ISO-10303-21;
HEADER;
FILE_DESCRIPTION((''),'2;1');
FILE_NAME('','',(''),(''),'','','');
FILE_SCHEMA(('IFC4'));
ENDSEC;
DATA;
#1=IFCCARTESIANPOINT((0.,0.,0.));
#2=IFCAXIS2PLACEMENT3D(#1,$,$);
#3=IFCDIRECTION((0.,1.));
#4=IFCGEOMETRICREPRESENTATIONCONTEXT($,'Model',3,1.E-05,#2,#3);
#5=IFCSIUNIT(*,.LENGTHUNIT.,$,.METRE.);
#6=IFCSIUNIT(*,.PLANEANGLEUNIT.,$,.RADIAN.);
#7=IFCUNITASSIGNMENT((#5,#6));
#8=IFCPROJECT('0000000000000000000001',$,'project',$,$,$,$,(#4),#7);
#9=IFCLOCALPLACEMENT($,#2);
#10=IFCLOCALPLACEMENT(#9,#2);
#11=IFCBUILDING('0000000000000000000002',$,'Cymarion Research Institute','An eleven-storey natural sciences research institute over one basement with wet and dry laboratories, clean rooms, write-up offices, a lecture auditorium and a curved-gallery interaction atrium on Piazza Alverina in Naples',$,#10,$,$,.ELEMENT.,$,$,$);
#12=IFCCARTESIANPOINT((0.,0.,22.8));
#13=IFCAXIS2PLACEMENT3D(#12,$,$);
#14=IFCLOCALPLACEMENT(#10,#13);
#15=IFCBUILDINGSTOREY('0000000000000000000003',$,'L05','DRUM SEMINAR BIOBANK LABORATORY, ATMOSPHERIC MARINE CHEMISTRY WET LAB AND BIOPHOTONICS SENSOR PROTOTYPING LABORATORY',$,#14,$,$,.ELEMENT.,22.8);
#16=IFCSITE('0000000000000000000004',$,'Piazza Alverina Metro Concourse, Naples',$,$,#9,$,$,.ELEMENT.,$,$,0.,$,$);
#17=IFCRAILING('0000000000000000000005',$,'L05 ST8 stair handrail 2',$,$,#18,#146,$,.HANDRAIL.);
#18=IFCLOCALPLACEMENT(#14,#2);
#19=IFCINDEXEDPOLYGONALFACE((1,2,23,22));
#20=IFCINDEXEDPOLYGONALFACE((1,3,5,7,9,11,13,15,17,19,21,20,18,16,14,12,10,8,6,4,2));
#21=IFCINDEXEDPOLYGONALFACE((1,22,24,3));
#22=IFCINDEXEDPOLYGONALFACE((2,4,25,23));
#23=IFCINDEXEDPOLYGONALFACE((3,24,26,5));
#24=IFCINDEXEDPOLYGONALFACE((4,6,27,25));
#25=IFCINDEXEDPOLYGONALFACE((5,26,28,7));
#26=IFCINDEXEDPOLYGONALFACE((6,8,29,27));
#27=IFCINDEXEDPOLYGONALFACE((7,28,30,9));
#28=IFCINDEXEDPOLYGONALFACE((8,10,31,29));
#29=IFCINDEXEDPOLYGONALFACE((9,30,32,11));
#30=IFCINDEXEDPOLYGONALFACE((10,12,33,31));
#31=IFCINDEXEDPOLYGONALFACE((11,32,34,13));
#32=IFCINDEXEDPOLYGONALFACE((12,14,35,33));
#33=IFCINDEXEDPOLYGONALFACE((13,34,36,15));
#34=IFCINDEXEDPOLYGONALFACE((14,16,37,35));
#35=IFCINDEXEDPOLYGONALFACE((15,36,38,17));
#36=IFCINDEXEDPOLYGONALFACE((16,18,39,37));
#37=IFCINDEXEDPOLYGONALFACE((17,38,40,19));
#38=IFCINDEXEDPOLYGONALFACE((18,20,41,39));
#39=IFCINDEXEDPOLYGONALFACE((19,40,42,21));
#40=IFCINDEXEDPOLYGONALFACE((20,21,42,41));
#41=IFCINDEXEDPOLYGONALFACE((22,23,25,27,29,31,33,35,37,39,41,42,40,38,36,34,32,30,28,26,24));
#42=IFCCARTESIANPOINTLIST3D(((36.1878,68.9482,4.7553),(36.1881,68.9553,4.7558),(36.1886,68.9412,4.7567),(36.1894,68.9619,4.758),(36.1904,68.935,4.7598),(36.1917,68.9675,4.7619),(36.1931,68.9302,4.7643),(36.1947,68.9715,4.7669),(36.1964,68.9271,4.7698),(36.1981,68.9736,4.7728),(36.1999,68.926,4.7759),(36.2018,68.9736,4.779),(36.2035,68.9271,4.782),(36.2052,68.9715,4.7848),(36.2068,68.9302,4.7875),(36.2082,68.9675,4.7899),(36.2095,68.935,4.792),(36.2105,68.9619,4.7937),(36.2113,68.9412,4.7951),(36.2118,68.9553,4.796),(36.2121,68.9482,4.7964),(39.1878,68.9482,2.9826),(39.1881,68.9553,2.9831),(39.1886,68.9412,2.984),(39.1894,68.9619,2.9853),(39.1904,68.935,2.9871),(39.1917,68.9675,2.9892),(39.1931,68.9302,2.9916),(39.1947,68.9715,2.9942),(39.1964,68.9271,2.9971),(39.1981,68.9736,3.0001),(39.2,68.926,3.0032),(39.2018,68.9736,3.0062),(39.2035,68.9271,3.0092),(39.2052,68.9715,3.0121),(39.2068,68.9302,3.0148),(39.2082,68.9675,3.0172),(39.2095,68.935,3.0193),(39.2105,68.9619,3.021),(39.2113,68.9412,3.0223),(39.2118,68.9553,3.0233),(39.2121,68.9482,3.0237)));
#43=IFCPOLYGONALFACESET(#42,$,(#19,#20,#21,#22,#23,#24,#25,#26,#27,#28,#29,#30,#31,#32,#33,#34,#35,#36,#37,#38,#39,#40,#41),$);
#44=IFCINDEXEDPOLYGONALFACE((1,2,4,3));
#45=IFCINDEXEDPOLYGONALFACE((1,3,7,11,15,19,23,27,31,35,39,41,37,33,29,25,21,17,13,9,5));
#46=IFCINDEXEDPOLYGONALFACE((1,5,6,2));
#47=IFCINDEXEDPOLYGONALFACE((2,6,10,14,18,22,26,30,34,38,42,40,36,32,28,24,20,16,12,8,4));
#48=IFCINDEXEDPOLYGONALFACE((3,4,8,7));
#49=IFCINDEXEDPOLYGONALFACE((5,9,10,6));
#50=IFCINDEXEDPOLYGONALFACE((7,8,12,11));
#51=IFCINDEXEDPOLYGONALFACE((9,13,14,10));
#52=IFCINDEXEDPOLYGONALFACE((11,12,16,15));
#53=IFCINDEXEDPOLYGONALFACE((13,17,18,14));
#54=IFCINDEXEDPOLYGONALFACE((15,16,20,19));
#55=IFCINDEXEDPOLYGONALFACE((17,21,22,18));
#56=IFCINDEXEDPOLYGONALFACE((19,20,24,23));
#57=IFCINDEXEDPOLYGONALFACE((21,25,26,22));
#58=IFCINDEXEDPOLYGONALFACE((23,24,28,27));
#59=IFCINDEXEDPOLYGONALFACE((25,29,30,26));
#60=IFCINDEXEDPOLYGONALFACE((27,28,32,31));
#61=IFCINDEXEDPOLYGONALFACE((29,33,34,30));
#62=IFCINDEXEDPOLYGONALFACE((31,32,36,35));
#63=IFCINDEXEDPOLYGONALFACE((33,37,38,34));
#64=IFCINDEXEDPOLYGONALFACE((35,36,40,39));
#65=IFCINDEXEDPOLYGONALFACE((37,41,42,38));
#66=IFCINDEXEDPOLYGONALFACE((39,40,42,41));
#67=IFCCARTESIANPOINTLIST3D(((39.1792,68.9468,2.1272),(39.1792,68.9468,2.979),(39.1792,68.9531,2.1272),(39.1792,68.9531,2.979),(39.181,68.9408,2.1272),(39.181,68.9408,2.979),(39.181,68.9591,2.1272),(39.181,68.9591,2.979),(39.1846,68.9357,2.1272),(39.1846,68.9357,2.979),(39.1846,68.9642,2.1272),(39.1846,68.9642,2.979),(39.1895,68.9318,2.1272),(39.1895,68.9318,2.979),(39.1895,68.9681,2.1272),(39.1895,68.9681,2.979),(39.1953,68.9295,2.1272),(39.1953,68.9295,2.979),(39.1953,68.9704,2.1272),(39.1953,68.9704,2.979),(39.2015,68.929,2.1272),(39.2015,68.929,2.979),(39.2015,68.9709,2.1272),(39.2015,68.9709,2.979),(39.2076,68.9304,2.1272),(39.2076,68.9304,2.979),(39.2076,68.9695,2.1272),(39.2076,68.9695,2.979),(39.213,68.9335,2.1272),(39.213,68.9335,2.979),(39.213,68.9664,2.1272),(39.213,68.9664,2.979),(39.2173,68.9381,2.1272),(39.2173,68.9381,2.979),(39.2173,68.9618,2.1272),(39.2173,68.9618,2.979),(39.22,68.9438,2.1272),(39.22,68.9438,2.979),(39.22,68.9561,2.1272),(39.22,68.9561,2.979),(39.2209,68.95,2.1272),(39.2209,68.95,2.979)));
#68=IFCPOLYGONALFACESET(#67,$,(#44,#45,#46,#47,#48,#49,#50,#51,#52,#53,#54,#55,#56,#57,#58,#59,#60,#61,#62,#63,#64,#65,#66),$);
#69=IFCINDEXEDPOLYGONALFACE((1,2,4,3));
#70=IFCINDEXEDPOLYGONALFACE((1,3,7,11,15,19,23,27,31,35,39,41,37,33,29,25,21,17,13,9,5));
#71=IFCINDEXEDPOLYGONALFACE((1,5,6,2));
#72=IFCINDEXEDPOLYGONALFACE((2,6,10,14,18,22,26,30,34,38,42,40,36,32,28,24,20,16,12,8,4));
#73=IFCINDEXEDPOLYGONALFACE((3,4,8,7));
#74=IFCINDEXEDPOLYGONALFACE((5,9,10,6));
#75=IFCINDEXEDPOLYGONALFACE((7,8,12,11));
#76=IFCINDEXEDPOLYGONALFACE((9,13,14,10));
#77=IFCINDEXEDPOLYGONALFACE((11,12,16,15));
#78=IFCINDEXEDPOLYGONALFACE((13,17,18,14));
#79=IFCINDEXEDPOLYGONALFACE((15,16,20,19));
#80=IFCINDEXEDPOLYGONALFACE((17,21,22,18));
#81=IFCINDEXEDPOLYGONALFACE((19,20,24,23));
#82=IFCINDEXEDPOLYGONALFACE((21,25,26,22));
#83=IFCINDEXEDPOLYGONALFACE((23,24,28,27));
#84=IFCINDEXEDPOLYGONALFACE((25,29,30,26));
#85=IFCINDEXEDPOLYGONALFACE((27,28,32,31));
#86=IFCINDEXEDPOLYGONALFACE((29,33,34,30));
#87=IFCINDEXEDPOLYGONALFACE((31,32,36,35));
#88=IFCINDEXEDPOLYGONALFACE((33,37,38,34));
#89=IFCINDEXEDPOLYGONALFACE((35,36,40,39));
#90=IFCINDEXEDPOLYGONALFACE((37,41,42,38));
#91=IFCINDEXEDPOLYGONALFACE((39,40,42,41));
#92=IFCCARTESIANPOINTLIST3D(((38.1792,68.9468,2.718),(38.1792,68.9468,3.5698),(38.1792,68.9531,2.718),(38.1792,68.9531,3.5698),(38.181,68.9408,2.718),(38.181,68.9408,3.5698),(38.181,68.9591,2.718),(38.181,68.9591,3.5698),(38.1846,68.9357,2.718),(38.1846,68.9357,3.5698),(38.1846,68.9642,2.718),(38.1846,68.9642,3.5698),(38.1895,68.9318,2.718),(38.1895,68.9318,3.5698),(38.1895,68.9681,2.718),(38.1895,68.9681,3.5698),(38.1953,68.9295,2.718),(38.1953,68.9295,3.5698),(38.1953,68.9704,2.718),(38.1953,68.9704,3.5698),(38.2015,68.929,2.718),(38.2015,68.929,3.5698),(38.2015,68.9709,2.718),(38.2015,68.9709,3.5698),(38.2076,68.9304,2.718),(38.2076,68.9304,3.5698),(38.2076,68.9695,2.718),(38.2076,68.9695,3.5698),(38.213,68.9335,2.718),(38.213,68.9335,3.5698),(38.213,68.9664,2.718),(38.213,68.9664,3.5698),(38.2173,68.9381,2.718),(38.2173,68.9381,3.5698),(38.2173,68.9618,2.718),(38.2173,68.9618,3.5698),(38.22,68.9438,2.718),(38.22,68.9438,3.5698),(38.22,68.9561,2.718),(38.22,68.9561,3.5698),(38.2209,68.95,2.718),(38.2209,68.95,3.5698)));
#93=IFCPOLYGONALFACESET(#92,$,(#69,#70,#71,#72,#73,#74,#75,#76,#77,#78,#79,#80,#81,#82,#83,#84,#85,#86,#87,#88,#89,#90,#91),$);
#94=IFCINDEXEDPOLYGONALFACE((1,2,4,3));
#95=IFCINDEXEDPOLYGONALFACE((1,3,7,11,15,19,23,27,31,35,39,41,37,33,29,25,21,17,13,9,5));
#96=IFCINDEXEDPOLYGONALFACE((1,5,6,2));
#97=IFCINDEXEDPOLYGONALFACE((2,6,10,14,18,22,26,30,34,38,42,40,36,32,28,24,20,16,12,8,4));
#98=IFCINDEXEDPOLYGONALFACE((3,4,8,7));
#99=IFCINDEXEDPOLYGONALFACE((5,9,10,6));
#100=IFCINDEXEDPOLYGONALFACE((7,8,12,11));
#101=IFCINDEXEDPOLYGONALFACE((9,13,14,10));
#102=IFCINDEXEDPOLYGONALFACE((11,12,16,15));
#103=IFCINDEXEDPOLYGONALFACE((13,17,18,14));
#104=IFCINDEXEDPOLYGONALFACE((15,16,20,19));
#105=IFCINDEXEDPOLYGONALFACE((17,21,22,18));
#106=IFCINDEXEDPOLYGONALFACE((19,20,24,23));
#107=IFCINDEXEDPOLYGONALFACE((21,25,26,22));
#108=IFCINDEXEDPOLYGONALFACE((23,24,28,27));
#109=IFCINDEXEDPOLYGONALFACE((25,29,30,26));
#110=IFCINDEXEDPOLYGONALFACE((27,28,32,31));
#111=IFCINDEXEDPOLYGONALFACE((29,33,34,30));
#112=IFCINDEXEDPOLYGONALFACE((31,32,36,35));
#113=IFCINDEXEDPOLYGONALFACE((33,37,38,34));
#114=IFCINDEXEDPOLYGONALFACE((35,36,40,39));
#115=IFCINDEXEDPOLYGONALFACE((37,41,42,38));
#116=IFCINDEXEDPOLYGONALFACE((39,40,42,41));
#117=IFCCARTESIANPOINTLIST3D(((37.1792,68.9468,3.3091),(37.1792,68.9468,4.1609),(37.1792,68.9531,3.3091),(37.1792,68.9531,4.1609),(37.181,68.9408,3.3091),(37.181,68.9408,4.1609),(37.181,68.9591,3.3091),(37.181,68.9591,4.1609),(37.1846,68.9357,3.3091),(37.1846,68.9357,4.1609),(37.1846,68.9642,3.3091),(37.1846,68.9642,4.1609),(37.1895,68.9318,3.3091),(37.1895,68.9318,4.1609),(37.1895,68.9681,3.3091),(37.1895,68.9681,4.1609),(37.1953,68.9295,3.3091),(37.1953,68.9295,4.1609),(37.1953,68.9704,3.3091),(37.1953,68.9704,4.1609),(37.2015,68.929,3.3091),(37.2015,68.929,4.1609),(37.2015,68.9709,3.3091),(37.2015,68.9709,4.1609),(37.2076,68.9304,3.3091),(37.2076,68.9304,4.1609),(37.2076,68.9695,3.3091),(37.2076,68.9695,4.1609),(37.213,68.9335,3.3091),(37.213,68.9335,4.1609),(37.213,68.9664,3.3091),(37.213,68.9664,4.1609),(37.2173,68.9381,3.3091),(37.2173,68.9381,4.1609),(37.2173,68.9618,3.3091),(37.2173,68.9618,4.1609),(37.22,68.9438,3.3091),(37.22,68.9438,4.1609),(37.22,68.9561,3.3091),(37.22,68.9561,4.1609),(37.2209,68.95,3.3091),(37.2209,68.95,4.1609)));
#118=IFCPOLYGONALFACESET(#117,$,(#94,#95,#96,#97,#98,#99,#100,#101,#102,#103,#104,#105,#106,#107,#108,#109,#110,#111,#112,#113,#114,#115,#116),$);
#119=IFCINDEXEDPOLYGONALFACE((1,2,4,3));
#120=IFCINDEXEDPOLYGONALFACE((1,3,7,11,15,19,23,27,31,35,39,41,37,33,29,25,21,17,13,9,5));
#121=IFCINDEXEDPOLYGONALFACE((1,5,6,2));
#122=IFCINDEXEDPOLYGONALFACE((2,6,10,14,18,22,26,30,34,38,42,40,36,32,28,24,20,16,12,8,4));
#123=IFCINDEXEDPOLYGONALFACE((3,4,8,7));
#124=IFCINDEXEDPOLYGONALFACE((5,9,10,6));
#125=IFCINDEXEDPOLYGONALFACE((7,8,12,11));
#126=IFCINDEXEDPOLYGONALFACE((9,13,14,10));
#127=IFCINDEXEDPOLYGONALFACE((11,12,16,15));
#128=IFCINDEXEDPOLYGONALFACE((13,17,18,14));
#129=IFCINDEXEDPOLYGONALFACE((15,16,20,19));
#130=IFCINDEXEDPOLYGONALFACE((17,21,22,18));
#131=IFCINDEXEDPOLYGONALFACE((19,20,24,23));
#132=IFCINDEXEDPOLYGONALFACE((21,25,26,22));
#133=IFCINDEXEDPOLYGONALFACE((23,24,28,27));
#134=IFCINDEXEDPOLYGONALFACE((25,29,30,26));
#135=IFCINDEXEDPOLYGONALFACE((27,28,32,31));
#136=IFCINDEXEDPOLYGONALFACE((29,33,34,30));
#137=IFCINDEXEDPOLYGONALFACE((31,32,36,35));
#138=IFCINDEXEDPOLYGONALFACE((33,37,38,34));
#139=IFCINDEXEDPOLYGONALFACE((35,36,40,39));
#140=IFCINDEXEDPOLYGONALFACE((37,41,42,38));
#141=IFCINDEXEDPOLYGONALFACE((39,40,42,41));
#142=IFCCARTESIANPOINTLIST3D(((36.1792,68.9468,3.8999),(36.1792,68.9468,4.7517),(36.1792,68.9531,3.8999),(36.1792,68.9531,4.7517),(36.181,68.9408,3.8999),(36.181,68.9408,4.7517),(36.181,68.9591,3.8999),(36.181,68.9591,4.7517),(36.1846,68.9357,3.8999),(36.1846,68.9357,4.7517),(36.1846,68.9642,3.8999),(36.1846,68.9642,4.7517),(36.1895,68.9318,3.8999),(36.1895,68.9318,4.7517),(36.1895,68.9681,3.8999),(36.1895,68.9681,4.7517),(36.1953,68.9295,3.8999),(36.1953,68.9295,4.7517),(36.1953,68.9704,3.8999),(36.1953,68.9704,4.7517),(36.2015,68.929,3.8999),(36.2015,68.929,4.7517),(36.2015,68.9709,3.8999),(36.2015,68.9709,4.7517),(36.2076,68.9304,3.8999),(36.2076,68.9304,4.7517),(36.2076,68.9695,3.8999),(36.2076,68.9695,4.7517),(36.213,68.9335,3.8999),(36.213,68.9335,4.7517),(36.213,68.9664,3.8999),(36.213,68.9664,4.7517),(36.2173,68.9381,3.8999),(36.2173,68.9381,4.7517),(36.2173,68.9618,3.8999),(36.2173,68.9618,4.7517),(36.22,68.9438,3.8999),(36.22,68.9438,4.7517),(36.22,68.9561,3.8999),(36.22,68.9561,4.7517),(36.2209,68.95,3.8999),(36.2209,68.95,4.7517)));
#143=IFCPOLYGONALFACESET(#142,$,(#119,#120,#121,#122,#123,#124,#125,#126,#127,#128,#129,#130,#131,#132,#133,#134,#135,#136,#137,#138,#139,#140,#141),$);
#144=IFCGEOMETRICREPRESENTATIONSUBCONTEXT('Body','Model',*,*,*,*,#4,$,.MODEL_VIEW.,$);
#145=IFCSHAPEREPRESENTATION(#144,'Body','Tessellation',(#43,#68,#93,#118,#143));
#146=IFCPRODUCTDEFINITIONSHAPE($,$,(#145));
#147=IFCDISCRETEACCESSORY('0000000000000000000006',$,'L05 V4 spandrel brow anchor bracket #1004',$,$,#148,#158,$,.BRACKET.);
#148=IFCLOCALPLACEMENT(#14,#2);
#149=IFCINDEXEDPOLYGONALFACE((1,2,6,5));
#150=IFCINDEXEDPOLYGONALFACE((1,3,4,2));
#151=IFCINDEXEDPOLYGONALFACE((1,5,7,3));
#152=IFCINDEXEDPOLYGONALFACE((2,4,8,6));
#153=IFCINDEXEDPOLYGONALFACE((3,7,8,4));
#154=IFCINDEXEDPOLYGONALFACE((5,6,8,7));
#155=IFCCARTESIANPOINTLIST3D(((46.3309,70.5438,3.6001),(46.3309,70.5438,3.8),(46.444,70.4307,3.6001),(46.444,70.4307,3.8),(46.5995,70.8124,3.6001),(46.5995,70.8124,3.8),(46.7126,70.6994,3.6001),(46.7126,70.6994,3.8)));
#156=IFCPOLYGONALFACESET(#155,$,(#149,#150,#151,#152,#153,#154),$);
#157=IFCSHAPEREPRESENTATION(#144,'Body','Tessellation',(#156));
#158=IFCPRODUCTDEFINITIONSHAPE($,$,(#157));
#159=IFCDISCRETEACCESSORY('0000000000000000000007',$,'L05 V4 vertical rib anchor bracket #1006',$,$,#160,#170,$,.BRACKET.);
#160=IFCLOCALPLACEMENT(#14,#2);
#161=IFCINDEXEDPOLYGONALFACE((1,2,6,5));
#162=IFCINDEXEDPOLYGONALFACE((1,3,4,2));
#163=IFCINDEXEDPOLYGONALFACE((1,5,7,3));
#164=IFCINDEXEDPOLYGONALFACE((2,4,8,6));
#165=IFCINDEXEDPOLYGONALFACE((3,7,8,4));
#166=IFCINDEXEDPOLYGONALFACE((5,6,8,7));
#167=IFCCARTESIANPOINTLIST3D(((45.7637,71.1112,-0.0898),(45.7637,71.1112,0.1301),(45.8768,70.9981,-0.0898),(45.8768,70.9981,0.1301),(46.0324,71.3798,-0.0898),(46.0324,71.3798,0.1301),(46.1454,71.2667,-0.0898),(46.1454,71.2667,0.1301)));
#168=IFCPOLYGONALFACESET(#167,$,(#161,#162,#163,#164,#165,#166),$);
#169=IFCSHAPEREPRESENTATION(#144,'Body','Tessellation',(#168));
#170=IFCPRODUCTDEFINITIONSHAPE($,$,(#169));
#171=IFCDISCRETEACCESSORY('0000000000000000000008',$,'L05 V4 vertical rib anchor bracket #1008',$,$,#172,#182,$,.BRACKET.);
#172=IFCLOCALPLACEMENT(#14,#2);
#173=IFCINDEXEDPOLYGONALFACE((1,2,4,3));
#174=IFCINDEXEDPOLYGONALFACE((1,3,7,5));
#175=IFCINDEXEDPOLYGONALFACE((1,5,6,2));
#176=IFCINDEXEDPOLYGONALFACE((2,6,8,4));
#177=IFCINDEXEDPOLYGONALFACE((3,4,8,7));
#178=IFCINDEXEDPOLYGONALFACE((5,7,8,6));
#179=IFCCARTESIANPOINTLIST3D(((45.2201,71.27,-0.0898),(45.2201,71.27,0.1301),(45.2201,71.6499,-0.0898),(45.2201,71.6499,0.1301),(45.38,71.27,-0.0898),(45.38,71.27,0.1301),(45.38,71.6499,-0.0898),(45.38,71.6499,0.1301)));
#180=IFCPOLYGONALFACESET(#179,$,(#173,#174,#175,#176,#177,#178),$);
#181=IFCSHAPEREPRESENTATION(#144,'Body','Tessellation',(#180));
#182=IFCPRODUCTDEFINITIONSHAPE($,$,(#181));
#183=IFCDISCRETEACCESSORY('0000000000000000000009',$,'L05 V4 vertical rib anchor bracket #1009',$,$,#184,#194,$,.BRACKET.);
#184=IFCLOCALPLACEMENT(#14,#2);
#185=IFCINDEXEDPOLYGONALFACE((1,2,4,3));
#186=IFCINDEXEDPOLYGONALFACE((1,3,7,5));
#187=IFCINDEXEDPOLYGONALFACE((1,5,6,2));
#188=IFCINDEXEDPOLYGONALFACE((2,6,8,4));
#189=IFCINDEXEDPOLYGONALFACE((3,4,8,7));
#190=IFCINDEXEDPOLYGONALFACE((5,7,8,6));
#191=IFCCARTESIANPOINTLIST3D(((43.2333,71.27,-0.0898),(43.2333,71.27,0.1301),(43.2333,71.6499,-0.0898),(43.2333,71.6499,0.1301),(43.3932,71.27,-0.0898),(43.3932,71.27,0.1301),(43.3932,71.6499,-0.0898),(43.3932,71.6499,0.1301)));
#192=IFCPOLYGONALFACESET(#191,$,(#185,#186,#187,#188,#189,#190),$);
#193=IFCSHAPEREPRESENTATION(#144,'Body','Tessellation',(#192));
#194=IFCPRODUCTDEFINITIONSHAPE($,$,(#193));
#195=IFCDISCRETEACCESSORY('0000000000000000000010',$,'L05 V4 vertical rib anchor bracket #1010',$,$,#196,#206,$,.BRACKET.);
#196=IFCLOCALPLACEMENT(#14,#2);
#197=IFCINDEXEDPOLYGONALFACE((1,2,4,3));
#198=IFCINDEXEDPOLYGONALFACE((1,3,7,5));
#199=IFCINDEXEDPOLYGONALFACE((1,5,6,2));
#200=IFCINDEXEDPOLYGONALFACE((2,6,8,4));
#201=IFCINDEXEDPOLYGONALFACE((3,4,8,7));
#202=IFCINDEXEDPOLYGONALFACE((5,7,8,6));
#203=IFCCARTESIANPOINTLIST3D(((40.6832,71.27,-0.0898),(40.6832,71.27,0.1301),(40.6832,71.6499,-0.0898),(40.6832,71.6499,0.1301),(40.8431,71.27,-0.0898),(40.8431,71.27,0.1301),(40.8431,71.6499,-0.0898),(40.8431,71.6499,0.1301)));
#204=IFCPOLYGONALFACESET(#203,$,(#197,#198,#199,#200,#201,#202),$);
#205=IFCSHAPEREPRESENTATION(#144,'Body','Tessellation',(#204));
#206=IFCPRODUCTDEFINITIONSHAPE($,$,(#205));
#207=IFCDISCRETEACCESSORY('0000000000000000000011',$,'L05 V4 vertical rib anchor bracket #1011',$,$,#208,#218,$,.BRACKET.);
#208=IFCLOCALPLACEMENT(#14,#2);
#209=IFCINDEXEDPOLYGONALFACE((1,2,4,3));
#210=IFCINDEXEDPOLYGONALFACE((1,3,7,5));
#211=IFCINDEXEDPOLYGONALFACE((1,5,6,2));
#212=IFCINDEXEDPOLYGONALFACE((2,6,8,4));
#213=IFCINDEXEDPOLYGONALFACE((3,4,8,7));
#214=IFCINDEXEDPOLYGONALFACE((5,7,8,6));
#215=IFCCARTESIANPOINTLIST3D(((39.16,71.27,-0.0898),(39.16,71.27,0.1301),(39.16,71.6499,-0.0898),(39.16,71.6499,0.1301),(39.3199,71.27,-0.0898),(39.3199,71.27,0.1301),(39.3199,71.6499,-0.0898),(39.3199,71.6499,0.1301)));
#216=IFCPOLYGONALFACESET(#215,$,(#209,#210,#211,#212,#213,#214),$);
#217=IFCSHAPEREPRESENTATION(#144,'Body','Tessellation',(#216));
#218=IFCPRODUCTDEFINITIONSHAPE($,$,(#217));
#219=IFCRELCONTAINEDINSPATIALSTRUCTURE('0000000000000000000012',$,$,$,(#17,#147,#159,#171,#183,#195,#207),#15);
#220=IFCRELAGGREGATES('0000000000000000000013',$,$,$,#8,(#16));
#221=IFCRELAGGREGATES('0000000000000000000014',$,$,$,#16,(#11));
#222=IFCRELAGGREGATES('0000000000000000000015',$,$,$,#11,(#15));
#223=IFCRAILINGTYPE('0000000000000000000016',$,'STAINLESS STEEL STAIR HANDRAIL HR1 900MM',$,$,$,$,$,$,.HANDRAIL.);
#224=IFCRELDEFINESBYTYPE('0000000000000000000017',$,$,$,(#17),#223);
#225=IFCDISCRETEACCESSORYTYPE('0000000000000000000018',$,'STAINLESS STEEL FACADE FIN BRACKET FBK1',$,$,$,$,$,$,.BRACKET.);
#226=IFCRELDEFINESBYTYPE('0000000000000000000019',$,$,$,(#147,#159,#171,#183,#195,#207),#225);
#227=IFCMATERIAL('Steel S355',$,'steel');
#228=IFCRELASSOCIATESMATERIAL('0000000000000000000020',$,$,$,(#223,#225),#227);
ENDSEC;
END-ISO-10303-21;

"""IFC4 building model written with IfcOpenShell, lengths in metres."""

from ifc_helpers import new_model, si_unit, direction, frame, origin, origin_2d, place, context, subcontext, project, spatial, rectangle, circle, extrude, material, type_object, element, save


model = new_model("IFC4")

# Units and contexts
model_context = context("Model", 3, precision=1e-05, world=origin(), true_north=direction((0.0, 1.0)))
body_context = subcontext(model_context, "Body", "Model", "MODEL_VIEW")
ifc_project = project(units=[si_unit("LENGTHUNIT", "METRE"), si_unit("PLANEANGLEUNIT", "RADIAN")], contexts=[model_context])

# Site, building, storey
site_placement = place(None, origin())
site = spatial("IfcSite", under=ifc_project, at=site_placement, Name="Piazza Alverina Metro Concourse, Naples", CompositionType="ELEMENT", RefElevation=0.0)
building_placement = place(site_placement, origin())
building = spatial("IfcBuilding", under=site, at=building_placement, Name="Cymarion Research Institute", Description="An eleven-storey natural sciences research institute over one basement with wet and dry laboratories, clean rooms, write-up offices, a lecture auditorium and a curved-gallery interaction atrium on Piazza Alverina in Naples", CompositionType="ELEMENT")
storey_placement = place(building_placement, frame((0.0, 0.0, 22.8)))
storey = spatial("IfcBuildingStorey", under=building, at=storey_placement, Name="L05", Description="DRUM SEMINAR BIOBANK LABORATORY, ATMOSPHERIC MARINE CHEMISTRY WET LAB AND BIOPHOTONICS SENSOR PROTOTYPING LABORATORY", CompositionType="ELEMENT", Elevation=22.8)

# Shared definitions
ifc_material_1 = material(Name="Steel S355", Category="steel")

# Railing
railing_type_1 = type_object("IfcRailingType", Name="STAINLESS STEEL STAIR HANDRAIL HR1 900MM", PredefinedType="HANDRAIL", material=ifc_material_1)
railing_1_placement = place(storey_placement, frame((39.2, 68.95, 2.1272)))
element("IfcRailing", 1, at=railing_1_placement, inside=storey, type_object=railing_type_1, Name="L05 ST8 stair handrail 2", PredefinedType="HANDRAIL", context=body_context, shape_type="SweptSolid", body=[
    extrude(circle(Radius=0.0239, at=origin_2d()), frame((0.0, 0.0, 0.876), z_axis=(-0.860929, 0.0, 0.508725), x_axis=(0.0, -1.0, 0.0)), (0.0, 0.0, 1.0), 3.4846),
    extrude(circle(Radius=0.021, at=origin_2d()), origin(), (0.0, 0.0, 1.0), 0.8518),
    extrude(circle(Radius=0.021, at=origin_2d()), frame((-1.0, 0.0, 0.5908)), (0.0, 0.0, 1.0), 0.8518),
    extrude(circle(Radius=0.021, at=origin_2d()), frame((-2.0, 0.0, 1.1819)), (0.0, 0.0, 1.0), 0.8518),
    extrude(circle(Radius=0.021, at=origin_2d()), frame((-3.0, 0.0, 1.7727)), (0.0, 0.0, 1.0), 0.8518),
])

# Discrete accessories
discrete_accessory_type = type_object("IfcDiscreteAccessoryType", Name="STAINLESS STEEL FACADE FIN BRACKET FBK1", PredefinedType="BRACKET", material=ifc_material_1)
discrete_accessory_placement = place(storey_placement, frame((46.5217, 70.6216, 3.6001), z_axis=(0.0, 0.0, 1.0), x_axis=(0.707107, 0.707107, 0.0)))
element("IfcDiscreteAccessory", 2, at=discrete_accessory_placement, inside=storey, type_object=discrete_accessory_type, Name="L05 V4 spandrel brow anchor bracket #1004", PredefinedType="BRACKET", context=body_context, shape_type="SweptSolid", body=[
    extrude(rectangle(XDim=0.3799, YDim=0.1599, at=origin_2d()), origin(), (0.0, 0.0, 1.0), 0.2),
])
for number, where, z_axis, x_axis, name in (
    (3, (45.9546, 71.189, -0.0898), (0.0, 0.0, 1.0), (0.707107, 0.707107, 0.0), "L05 V4 vertical rib anchor bracket #1006"),
    (4, (45.3, 71.46, -0.0898), (0.0, 0.0, 1.0), (0.0, 1.0, 0.0), "L05 V4 vertical rib anchor bracket #1008"),
    (5, (43.3132, 71.46, -0.0898), (0.0, 0.0, 1.0), (0.0, 1.0, 0.0), "L05 V4 vertical rib anchor bracket #1009"),
    (6, (40.7632, 71.46, -0.0898), (0.0, 0.0, 1.0), (0.0, 1.0, 0.0), "L05 V4 vertical rib anchor bracket #1010"),
    (7, (39.24, 71.46, -0.0898), (0.0, 0.0, 1.0), (0.0, 1.0, 0.0), "L05 V4 vertical rib anchor bracket #1011"),
):
    element("IfcDiscreteAccessory", number, at=place(storey_placement, frame(where, z_axis=z_axis, x_axis=x_axis)), inside=storey, type_object=discrete_accessory_type, Name=name, PredefinedType="BRACKET", context=body_context, shape_type="SweptSolid", body=[
        extrude(rectangle(XDim=0.3799, YDim=0.1599, at=origin_2d()), origin(), (0.0, 0.0, 1.0), 0.22),
    ])

save(model, "model.ifc")
